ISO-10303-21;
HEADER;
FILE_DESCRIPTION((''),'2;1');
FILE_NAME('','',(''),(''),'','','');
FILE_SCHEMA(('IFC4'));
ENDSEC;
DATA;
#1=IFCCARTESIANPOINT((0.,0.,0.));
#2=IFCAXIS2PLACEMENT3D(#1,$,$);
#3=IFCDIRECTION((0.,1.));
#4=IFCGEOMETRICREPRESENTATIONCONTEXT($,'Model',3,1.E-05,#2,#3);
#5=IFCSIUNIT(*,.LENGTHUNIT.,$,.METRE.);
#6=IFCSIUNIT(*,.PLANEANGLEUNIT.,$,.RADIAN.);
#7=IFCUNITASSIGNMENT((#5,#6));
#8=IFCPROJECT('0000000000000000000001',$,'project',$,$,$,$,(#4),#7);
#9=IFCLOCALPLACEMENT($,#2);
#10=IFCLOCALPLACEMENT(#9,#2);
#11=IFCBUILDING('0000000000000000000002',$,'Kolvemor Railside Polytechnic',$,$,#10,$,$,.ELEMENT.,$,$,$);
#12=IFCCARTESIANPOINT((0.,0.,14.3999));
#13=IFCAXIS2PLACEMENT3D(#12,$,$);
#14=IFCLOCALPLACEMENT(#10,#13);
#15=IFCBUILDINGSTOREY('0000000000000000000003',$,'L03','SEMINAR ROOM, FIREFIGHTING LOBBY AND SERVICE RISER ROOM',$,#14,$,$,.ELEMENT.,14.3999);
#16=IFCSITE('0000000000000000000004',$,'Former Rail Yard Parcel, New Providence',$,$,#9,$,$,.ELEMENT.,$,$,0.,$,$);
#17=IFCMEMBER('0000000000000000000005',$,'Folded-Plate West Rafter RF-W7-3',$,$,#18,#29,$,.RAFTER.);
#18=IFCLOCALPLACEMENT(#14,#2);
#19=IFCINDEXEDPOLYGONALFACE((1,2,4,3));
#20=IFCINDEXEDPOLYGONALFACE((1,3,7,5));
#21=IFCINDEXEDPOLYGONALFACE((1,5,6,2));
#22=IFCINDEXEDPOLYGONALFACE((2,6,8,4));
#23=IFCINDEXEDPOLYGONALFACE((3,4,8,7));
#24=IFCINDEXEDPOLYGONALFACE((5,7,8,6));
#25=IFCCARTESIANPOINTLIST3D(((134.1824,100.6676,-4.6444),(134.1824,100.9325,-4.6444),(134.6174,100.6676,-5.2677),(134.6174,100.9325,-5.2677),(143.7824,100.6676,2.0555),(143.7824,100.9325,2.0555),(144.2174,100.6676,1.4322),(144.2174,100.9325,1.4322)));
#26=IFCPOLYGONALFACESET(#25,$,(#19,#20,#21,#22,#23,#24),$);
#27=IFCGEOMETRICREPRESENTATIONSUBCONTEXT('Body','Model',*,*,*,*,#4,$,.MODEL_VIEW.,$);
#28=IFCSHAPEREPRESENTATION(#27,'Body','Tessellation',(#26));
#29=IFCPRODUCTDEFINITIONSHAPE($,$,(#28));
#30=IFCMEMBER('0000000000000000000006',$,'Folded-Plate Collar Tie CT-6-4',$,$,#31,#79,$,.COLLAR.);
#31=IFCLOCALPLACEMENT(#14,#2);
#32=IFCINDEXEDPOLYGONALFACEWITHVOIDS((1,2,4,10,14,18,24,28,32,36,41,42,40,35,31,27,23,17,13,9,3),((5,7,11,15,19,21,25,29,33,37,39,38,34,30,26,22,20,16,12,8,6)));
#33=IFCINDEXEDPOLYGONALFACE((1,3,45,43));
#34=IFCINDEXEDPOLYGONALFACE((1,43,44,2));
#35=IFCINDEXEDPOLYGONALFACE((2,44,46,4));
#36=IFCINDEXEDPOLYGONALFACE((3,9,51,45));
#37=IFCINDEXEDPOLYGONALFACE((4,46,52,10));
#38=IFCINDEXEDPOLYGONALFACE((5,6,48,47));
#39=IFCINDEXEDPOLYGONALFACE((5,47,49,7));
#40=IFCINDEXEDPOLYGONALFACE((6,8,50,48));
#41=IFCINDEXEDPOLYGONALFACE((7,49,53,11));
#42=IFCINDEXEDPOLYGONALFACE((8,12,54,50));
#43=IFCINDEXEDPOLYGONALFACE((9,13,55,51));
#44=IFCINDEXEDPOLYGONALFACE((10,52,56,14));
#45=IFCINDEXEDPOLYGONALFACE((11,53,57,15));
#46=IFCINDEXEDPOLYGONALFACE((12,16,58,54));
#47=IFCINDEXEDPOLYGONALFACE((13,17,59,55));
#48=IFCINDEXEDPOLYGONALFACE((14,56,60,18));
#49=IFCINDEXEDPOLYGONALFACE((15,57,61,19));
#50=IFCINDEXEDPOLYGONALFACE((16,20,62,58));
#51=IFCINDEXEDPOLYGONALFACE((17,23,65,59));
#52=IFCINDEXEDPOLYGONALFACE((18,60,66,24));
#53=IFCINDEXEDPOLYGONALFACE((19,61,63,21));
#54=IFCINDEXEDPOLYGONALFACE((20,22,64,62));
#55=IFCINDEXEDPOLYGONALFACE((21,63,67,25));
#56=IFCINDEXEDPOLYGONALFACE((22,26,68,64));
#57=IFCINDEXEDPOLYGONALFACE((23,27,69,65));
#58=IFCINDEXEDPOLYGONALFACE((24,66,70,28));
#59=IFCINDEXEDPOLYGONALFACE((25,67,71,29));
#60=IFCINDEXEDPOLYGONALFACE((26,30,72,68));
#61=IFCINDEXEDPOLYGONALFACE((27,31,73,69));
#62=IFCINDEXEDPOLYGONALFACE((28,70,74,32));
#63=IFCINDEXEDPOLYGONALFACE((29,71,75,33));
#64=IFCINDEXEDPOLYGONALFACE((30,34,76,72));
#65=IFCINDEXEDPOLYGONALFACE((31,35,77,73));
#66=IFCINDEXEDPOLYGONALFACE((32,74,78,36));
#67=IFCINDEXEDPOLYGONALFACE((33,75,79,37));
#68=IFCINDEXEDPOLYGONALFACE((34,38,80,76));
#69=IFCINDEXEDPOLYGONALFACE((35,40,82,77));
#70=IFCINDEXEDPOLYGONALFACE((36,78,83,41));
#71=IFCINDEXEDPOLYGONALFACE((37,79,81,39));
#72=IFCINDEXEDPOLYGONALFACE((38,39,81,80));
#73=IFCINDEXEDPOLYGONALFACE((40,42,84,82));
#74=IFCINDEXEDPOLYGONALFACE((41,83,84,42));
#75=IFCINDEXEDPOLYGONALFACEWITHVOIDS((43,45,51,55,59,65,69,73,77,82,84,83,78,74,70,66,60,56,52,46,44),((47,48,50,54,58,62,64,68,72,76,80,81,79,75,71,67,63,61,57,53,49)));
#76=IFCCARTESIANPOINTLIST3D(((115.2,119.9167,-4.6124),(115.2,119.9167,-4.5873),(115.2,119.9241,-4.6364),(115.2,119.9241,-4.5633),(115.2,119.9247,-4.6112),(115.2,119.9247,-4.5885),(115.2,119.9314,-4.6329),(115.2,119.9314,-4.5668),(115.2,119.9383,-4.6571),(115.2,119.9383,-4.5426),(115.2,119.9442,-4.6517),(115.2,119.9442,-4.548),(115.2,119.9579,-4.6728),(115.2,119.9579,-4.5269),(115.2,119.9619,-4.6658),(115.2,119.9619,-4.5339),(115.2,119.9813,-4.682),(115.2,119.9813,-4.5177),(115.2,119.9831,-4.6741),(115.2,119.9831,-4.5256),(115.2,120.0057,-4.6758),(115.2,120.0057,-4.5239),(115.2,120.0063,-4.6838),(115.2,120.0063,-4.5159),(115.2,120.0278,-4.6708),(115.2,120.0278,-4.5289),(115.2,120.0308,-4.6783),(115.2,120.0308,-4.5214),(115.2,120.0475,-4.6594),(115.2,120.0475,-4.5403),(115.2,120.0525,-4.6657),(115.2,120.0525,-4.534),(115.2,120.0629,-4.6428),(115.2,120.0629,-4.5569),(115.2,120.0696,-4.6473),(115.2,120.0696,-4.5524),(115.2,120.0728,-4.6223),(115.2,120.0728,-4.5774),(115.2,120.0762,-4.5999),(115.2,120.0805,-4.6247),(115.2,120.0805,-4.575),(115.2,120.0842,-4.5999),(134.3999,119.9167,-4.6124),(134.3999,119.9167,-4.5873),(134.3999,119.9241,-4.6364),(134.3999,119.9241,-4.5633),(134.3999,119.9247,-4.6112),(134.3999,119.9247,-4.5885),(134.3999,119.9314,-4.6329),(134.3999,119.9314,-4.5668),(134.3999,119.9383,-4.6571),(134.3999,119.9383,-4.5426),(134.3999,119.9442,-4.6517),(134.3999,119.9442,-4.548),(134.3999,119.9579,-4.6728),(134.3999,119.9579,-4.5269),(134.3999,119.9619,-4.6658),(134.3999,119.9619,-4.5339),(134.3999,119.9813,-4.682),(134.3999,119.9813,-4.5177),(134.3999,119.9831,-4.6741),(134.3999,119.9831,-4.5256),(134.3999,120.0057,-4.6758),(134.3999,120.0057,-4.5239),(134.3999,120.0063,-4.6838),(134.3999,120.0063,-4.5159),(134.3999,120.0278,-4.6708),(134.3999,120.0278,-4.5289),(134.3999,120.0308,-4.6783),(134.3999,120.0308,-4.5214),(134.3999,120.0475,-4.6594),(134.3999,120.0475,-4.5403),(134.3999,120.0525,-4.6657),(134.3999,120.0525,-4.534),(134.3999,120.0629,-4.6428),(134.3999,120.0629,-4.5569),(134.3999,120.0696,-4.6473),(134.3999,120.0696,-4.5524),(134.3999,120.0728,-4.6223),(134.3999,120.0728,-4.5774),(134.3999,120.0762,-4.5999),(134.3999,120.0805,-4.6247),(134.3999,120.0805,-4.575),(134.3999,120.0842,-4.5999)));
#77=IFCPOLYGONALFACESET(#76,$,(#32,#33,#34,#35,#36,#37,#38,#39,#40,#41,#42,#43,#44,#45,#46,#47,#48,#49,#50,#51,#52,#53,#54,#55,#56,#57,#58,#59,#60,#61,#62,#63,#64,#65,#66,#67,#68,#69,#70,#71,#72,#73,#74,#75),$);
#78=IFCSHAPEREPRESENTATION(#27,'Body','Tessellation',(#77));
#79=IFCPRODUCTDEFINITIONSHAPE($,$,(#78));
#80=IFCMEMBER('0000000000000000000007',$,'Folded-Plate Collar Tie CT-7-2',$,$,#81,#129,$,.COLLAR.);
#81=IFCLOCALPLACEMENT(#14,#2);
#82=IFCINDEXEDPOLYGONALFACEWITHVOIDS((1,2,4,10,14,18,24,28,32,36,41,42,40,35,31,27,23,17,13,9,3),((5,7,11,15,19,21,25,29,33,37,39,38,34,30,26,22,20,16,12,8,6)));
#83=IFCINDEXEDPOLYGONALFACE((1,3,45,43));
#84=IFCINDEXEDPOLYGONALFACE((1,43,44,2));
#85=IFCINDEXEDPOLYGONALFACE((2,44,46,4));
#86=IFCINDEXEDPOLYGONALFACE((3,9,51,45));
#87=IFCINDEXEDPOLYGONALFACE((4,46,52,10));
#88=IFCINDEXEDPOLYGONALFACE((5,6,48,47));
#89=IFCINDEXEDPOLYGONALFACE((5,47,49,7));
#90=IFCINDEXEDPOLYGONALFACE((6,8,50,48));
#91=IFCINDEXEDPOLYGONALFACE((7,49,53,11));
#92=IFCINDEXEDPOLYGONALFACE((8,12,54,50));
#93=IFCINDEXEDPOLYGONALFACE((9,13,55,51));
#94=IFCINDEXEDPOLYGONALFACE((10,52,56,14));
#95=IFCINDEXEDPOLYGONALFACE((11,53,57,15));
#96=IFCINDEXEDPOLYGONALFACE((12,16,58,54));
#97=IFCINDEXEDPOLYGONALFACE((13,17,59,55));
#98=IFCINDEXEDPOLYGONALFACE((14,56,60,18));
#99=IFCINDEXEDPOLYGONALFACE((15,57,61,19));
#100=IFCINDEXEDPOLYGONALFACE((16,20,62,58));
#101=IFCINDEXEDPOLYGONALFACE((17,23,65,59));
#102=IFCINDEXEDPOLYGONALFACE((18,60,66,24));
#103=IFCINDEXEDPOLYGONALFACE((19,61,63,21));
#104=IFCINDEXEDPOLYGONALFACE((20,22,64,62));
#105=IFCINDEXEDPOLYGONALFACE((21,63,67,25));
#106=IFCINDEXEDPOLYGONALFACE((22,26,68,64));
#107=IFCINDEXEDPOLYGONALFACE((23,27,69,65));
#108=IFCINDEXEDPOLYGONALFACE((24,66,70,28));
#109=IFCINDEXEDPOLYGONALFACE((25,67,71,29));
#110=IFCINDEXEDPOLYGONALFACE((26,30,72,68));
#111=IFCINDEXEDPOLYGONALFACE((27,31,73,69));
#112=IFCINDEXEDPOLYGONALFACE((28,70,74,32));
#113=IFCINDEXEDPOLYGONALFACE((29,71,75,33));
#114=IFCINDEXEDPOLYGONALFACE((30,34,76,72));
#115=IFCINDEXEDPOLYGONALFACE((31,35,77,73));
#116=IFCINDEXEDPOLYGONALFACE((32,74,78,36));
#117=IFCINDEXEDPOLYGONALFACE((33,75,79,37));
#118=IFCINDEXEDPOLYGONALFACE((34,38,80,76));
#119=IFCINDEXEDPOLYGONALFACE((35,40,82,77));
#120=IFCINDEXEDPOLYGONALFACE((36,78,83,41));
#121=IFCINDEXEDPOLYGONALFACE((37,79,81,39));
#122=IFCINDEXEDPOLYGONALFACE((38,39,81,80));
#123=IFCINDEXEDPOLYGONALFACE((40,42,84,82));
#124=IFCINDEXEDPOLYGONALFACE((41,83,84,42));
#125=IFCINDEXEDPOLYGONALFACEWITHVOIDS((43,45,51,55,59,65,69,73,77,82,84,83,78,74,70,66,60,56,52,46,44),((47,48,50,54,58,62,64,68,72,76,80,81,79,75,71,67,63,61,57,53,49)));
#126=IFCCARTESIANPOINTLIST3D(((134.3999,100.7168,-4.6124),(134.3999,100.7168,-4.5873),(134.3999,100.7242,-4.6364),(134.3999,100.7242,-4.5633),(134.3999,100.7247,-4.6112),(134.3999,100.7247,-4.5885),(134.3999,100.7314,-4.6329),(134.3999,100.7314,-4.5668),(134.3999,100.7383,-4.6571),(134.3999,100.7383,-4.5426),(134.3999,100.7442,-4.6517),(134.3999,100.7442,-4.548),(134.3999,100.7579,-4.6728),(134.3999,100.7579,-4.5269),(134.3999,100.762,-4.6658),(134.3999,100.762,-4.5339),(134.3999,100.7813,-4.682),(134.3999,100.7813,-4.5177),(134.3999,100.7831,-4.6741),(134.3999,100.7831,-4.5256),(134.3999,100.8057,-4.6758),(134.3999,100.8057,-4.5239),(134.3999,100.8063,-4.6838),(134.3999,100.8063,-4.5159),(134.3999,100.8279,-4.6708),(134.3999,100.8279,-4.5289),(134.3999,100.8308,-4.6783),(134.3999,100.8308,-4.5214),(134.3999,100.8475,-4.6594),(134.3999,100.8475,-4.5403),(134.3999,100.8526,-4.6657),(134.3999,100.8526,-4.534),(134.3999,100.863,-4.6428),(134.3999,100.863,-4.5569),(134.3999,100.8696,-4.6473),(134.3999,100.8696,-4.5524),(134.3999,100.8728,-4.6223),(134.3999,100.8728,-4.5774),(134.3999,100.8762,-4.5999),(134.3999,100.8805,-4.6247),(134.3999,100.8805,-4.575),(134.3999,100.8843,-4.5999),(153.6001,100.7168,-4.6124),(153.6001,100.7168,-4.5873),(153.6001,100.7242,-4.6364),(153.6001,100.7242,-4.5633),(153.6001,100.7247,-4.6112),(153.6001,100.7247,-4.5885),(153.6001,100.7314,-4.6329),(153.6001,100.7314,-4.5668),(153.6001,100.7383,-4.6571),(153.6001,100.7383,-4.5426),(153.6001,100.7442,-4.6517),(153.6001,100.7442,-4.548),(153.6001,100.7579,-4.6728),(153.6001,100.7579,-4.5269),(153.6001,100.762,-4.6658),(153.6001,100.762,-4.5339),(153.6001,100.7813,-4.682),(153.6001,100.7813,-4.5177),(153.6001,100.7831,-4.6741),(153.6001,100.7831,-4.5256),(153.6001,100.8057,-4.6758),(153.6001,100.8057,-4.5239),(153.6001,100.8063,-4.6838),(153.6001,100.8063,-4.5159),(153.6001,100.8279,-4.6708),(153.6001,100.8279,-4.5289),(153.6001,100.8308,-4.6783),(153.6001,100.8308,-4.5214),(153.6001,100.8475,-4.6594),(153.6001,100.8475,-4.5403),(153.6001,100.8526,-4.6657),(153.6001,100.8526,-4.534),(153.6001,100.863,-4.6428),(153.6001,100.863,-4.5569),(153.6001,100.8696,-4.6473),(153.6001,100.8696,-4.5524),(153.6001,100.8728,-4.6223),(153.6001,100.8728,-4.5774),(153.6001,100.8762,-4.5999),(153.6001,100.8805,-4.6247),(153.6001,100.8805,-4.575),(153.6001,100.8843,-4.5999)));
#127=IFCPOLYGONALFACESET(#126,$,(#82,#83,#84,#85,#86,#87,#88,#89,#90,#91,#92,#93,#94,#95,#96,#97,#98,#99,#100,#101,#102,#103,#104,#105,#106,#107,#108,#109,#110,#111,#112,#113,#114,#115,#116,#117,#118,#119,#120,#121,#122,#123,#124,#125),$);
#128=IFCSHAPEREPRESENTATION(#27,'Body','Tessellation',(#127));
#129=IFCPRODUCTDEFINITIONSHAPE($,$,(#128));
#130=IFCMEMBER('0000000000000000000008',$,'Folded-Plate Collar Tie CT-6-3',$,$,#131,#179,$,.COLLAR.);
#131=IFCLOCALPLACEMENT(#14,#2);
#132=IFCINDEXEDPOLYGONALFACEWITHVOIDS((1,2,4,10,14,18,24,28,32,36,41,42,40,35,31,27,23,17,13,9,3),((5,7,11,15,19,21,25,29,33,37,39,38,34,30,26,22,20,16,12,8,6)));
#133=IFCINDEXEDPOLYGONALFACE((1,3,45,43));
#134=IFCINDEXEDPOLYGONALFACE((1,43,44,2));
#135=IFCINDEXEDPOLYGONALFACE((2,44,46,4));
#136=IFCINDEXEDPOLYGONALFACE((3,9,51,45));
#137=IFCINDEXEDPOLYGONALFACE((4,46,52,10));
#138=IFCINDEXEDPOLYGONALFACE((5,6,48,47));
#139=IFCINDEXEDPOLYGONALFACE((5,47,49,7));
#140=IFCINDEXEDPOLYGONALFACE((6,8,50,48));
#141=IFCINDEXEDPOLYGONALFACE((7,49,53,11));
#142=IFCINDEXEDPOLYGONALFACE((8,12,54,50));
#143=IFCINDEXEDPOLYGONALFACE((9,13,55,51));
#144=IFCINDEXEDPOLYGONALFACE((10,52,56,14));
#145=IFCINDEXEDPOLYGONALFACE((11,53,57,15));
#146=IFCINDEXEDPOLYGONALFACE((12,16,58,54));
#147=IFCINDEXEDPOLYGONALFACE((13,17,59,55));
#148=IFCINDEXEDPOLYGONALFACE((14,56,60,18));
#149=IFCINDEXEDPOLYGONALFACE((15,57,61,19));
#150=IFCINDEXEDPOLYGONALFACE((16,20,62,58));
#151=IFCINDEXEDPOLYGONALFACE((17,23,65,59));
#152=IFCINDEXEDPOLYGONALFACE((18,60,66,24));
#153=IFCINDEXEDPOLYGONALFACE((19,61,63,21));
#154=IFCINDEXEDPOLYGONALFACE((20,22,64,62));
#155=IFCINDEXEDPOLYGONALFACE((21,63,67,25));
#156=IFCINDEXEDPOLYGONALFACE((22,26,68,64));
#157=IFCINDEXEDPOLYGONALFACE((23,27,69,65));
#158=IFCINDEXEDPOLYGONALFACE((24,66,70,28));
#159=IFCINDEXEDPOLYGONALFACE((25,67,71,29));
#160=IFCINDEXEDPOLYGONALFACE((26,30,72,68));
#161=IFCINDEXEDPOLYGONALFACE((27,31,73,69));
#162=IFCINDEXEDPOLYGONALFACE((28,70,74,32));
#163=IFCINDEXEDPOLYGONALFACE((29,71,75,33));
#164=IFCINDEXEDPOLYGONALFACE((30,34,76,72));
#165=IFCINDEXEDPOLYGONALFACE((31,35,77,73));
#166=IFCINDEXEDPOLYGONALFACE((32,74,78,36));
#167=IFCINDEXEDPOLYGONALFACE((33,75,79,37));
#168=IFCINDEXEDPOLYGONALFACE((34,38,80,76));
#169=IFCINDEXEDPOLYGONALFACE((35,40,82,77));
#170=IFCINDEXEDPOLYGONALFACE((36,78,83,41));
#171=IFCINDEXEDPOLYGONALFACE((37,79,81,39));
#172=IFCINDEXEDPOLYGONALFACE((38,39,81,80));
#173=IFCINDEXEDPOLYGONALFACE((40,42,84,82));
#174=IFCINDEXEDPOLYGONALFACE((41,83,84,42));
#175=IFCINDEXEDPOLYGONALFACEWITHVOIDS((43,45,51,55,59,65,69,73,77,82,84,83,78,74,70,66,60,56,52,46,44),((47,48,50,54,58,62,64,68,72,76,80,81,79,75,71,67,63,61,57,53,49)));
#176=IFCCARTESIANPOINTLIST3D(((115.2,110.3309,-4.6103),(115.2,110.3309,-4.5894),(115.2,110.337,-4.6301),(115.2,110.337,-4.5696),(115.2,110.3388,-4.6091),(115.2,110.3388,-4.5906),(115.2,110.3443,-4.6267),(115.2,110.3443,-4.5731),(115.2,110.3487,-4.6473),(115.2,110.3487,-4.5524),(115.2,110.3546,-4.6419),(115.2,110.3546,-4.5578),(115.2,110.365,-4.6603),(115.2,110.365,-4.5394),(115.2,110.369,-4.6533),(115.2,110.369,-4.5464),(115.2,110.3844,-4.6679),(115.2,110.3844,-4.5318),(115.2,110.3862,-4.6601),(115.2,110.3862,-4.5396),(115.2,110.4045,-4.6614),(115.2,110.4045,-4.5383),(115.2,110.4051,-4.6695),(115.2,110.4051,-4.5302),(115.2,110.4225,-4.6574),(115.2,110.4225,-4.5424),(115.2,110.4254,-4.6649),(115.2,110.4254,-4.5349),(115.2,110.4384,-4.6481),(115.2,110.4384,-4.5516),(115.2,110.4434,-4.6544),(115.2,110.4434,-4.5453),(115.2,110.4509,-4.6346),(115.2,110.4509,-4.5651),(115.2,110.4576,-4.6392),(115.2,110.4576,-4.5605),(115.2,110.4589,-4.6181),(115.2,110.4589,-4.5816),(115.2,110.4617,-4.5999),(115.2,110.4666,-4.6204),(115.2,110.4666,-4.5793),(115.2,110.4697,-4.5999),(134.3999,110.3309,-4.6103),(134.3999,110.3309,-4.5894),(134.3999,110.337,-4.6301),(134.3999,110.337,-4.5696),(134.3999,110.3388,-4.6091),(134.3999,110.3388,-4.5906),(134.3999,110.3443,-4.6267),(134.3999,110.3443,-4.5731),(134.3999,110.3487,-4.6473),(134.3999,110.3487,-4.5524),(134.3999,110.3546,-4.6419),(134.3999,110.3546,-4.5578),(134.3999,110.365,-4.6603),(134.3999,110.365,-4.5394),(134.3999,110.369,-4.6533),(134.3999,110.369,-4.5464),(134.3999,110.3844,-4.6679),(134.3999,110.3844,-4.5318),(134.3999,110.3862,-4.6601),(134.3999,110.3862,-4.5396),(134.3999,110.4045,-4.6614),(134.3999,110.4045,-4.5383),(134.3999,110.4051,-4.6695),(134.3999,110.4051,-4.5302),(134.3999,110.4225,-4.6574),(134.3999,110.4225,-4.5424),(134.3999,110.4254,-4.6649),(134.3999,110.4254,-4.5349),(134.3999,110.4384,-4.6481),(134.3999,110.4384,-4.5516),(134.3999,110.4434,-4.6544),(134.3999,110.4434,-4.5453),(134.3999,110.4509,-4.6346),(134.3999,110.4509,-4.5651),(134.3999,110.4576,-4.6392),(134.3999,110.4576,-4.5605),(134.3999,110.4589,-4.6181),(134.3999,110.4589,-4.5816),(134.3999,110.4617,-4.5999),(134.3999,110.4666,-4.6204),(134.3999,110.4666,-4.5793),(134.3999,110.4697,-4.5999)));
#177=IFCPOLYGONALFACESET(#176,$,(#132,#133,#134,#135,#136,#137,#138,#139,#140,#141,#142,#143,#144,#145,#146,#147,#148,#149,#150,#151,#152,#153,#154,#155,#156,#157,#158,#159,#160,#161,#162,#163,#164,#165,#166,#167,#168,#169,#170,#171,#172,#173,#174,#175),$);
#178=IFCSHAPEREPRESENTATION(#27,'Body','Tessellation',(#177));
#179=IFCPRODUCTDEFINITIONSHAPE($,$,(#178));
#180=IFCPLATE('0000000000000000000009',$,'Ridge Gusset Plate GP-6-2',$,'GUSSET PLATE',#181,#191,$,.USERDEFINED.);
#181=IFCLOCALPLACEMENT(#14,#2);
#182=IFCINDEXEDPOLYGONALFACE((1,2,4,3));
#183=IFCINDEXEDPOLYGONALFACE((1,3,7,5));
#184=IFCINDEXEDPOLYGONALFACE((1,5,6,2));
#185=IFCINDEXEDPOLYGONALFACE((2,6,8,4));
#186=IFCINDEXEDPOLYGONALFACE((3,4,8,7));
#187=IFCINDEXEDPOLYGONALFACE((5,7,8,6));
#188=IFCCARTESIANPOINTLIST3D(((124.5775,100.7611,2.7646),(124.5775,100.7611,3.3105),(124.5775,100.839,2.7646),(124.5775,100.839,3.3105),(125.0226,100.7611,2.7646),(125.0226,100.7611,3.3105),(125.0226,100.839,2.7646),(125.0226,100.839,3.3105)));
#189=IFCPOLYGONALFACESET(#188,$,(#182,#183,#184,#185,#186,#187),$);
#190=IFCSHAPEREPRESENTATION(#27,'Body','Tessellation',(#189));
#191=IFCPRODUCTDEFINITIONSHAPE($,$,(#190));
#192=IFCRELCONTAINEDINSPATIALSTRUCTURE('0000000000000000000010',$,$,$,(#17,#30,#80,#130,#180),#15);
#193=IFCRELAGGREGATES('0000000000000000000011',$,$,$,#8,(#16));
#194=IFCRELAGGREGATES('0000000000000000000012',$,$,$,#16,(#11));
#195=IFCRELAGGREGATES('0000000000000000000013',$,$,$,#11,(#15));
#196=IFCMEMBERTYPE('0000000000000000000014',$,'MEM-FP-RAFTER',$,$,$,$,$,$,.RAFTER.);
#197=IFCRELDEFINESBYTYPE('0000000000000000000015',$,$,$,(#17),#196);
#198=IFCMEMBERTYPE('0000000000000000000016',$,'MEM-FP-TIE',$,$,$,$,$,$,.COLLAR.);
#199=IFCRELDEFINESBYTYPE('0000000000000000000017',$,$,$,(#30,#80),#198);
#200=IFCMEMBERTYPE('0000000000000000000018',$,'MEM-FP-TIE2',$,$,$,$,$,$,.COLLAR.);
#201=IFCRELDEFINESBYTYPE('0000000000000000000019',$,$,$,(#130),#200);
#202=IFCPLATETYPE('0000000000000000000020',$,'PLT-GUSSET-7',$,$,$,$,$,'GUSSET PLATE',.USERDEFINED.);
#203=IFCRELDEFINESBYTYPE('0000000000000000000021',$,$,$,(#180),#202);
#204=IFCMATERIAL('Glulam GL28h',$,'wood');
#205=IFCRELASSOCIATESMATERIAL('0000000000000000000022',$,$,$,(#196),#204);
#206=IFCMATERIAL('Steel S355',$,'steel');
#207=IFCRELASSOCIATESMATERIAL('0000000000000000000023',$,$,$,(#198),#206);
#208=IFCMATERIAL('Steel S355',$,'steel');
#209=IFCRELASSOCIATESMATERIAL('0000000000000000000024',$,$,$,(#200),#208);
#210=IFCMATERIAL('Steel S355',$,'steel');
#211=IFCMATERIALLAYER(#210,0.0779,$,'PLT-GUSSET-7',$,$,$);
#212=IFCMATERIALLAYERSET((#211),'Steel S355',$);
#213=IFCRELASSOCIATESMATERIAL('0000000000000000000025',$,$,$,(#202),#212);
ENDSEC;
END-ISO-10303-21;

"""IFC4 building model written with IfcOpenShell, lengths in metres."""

from ifc_helpers import new_model, si_unit, direction, frame, origin, origin_2d, place, context, subcontext, project, spatial, rectangle, hollow_circle, extrude, material, layer, layer_set, material_profile, profile_set, type_object, element, save


model = new_model("IFC4")

# Units and contexts
model_context = context("Model", 3, precision=1e-05, world=origin(), true_north=direction((0.0, 1.0)))
body_context = subcontext(model_context, "Body", "Model", "MODEL_VIEW")
ifc_project = project(units=[si_unit("LENGTHUNIT", "METRE"), si_unit("PLANEANGLEUNIT", "RADIAN")], contexts=[model_context])

# Site, building, storey
site_placement = place(None, origin())
site = spatial("IfcSite", under=ifc_project, at=site_placement, Name="Former Rail Yard Parcel, New Providence", CompositionType="ELEMENT", RefElevation=0.0)
building_placement = place(site_placement, origin())
building = spatial("IfcBuilding", under=site, at=building_placement, Name="Kolvemor Railside Polytechnic", CompositionType="ELEMENT")
storey_placement = place(building_placement, frame((0.0, 0.0, 14.3999)))
storey = spatial("IfcBuildingStorey", under=building, at=storey_placement, Name="L03", Description="SEMINAR ROOM, FIREFIGHTING LOBBY AND SERVICE RISER ROOM", CompositionType="ELEMENT", Elevation=14.3999)

# Members
ifc_material_1 = material(Name="Glulam GL28h", Category="wood")
ifc_material_profile_1 = material_profile(ifc_material_1, rectangle(XDim=0.2649, YDim=0.76, at=origin_2d()), Name="GL265x760")
ifc_profile_set_1 = profile_set([ifc_material_profile_1], Name="Glulam GL28h")
member_type_1 = type_object("IfcMemberType", Name="MEM-FP-RAFTER", PredefinedType="RAFTER", material=ifc_profile_set_1)
member_1_placement = place(storey_placement, frame((134.3999, 100.8, -4.9561), z_axis=(0.820038, 0.0, 0.572308), x_axis=(0.0, 1.0, 0.0)))
element("IfcMember", 1, at=member_1_placement, inside=storey, type_object=member_type_1, Name="Folded-Plate West Rafter RF-W7-3", PredefinedType="RAFTER", context=body_context, shape_type="SweptSolid", body=[
    extrude(rectangle(XDim=0.2649, YDim=0.76, at=origin_2d()), origin(), (0.0, 0.0, 1.0), 11.7068),
])
ifc_material_2 = material(Name="Steel S355", Category="steel")
ifc_material_profile_2 = material_profile(ifc_material_2, hollow_circle(Radius=0.0842, WallThickness=0.0081, at=origin_2d()), Name="CHS168.3x8")
ifc_profile_set_2 = profile_set([ifc_material_profile_2], Name="Steel S355")
member_type_2 = type_object("IfcMemberType", Name="MEM-FP-TIE", PredefinedType="COLLAR", material=ifc_profile_set_2)
member_2_placement = place(storey_placement, frame((115.2, 120.0, -4.5999), z_axis=(1.0, 0.0, 0.0), x_axis=(0.0, 1.0, 0.0)))
element("IfcMember", 2, at=member_2_placement, inside=storey, type_object=member_type_2, Name="Folded-Plate Collar Tie CT-6-4", PredefinedType="COLLAR", context=body_context, shape_type="SweptSolid", body=[
    extrude(hollow_circle(Radius=0.0842, WallThickness=0.0081, at=origin_2d()), origin(), (0.0, 0.0, 1.0), 19.2),
])
member_3_placement = place(storey_placement, frame((134.3999, 100.8, -4.5999), z_axis=(1.0, 0.0, 0.0), x_axis=(0.0, 1.0, 0.0)))
element("IfcMember", 3, at=member_3_placement, inside=storey, type_object=member_type_2, Name="Folded-Plate Collar Tie CT-7-2", PredefinedType="COLLAR", context=body_context, shape_type="SweptSolid", body=[
    extrude(hollow_circle(Radius=0.0842, WallThickness=0.0081, at=origin_2d()), origin(), (0.0, 0.0, 1.0), 19.2002),
])
ifc_material_3 = material(Name="Steel S355", Category="steel")
ifc_material_profile_3 = material_profile(ifc_material_3, hollow_circle(Radius=0.0698, WallThickness=0.0081, at=origin_2d()), Name="CHS139.7x8")
ifc_profile_set_3 = profile_set([ifc_material_profile_3], Name="Steel S355")
member_type_3 = type_object("IfcMemberType", Name="MEM-FP-TIE2", PredefinedType="COLLAR", material=ifc_profile_set_3)
member_4_placement = place(storey_placement, frame((115.2, 110.3999, -4.5999), z_axis=(1.0, 0.0, 0.0), x_axis=(0.0, 1.0, 0.0)))
element("IfcMember", 4, at=member_4_placement, inside=storey, type_object=member_type_3, Name="Folded-Plate Collar Tie CT-6-3", PredefinedType="COLLAR", context=body_context, shape_type="SweptSolid", body=[
    extrude(hollow_circle(Radius=0.0698, WallThickness=0.0081, at=origin_2d()), origin(), (0.0, 0.0, 1.0), 19.2),
])

# Plate
ifc_material_4 = material(Name="Steel S355", Category="steel")
ifc_layer_1 = layer(ifc_material_4, 0.0779, Name="PLT-GUSSET-7")
ifc_layer_set_1 = layer_set([ifc_layer_1], Name="Steel S355")
plate_type_1 = type_object("IfcPlateType", Name="PLT-GUSSET-7", ElementType="GUSSET PLATE", PredefinedType="USERDEFINED", material=ifc_layer_set_1)
plate_1_placement = place(storey_placement, frame((124.8, 100.8, 2.7646), z_axis=(0.0, 0.0, 1.0), x_axis=(1.0, 0.0, 0.0)))
element("IfcPlate", 5, at=plate_1_placement, inside=storey, type_object=plate_type_1, Name="Ridge Gusset Plate GP-6-2", ObjectType="GUSSET PLATE", PredefinedType="USERDEFINED", context=body_context, shape_type="SweptSolid", body=[
    extrude(rectangle(XDim=0.4451, YDim=0.0779, at=origin_2d()), origin(), (0.0, 0.0, 1.0), 0.5459),
])

save(model, "model.ifc")
